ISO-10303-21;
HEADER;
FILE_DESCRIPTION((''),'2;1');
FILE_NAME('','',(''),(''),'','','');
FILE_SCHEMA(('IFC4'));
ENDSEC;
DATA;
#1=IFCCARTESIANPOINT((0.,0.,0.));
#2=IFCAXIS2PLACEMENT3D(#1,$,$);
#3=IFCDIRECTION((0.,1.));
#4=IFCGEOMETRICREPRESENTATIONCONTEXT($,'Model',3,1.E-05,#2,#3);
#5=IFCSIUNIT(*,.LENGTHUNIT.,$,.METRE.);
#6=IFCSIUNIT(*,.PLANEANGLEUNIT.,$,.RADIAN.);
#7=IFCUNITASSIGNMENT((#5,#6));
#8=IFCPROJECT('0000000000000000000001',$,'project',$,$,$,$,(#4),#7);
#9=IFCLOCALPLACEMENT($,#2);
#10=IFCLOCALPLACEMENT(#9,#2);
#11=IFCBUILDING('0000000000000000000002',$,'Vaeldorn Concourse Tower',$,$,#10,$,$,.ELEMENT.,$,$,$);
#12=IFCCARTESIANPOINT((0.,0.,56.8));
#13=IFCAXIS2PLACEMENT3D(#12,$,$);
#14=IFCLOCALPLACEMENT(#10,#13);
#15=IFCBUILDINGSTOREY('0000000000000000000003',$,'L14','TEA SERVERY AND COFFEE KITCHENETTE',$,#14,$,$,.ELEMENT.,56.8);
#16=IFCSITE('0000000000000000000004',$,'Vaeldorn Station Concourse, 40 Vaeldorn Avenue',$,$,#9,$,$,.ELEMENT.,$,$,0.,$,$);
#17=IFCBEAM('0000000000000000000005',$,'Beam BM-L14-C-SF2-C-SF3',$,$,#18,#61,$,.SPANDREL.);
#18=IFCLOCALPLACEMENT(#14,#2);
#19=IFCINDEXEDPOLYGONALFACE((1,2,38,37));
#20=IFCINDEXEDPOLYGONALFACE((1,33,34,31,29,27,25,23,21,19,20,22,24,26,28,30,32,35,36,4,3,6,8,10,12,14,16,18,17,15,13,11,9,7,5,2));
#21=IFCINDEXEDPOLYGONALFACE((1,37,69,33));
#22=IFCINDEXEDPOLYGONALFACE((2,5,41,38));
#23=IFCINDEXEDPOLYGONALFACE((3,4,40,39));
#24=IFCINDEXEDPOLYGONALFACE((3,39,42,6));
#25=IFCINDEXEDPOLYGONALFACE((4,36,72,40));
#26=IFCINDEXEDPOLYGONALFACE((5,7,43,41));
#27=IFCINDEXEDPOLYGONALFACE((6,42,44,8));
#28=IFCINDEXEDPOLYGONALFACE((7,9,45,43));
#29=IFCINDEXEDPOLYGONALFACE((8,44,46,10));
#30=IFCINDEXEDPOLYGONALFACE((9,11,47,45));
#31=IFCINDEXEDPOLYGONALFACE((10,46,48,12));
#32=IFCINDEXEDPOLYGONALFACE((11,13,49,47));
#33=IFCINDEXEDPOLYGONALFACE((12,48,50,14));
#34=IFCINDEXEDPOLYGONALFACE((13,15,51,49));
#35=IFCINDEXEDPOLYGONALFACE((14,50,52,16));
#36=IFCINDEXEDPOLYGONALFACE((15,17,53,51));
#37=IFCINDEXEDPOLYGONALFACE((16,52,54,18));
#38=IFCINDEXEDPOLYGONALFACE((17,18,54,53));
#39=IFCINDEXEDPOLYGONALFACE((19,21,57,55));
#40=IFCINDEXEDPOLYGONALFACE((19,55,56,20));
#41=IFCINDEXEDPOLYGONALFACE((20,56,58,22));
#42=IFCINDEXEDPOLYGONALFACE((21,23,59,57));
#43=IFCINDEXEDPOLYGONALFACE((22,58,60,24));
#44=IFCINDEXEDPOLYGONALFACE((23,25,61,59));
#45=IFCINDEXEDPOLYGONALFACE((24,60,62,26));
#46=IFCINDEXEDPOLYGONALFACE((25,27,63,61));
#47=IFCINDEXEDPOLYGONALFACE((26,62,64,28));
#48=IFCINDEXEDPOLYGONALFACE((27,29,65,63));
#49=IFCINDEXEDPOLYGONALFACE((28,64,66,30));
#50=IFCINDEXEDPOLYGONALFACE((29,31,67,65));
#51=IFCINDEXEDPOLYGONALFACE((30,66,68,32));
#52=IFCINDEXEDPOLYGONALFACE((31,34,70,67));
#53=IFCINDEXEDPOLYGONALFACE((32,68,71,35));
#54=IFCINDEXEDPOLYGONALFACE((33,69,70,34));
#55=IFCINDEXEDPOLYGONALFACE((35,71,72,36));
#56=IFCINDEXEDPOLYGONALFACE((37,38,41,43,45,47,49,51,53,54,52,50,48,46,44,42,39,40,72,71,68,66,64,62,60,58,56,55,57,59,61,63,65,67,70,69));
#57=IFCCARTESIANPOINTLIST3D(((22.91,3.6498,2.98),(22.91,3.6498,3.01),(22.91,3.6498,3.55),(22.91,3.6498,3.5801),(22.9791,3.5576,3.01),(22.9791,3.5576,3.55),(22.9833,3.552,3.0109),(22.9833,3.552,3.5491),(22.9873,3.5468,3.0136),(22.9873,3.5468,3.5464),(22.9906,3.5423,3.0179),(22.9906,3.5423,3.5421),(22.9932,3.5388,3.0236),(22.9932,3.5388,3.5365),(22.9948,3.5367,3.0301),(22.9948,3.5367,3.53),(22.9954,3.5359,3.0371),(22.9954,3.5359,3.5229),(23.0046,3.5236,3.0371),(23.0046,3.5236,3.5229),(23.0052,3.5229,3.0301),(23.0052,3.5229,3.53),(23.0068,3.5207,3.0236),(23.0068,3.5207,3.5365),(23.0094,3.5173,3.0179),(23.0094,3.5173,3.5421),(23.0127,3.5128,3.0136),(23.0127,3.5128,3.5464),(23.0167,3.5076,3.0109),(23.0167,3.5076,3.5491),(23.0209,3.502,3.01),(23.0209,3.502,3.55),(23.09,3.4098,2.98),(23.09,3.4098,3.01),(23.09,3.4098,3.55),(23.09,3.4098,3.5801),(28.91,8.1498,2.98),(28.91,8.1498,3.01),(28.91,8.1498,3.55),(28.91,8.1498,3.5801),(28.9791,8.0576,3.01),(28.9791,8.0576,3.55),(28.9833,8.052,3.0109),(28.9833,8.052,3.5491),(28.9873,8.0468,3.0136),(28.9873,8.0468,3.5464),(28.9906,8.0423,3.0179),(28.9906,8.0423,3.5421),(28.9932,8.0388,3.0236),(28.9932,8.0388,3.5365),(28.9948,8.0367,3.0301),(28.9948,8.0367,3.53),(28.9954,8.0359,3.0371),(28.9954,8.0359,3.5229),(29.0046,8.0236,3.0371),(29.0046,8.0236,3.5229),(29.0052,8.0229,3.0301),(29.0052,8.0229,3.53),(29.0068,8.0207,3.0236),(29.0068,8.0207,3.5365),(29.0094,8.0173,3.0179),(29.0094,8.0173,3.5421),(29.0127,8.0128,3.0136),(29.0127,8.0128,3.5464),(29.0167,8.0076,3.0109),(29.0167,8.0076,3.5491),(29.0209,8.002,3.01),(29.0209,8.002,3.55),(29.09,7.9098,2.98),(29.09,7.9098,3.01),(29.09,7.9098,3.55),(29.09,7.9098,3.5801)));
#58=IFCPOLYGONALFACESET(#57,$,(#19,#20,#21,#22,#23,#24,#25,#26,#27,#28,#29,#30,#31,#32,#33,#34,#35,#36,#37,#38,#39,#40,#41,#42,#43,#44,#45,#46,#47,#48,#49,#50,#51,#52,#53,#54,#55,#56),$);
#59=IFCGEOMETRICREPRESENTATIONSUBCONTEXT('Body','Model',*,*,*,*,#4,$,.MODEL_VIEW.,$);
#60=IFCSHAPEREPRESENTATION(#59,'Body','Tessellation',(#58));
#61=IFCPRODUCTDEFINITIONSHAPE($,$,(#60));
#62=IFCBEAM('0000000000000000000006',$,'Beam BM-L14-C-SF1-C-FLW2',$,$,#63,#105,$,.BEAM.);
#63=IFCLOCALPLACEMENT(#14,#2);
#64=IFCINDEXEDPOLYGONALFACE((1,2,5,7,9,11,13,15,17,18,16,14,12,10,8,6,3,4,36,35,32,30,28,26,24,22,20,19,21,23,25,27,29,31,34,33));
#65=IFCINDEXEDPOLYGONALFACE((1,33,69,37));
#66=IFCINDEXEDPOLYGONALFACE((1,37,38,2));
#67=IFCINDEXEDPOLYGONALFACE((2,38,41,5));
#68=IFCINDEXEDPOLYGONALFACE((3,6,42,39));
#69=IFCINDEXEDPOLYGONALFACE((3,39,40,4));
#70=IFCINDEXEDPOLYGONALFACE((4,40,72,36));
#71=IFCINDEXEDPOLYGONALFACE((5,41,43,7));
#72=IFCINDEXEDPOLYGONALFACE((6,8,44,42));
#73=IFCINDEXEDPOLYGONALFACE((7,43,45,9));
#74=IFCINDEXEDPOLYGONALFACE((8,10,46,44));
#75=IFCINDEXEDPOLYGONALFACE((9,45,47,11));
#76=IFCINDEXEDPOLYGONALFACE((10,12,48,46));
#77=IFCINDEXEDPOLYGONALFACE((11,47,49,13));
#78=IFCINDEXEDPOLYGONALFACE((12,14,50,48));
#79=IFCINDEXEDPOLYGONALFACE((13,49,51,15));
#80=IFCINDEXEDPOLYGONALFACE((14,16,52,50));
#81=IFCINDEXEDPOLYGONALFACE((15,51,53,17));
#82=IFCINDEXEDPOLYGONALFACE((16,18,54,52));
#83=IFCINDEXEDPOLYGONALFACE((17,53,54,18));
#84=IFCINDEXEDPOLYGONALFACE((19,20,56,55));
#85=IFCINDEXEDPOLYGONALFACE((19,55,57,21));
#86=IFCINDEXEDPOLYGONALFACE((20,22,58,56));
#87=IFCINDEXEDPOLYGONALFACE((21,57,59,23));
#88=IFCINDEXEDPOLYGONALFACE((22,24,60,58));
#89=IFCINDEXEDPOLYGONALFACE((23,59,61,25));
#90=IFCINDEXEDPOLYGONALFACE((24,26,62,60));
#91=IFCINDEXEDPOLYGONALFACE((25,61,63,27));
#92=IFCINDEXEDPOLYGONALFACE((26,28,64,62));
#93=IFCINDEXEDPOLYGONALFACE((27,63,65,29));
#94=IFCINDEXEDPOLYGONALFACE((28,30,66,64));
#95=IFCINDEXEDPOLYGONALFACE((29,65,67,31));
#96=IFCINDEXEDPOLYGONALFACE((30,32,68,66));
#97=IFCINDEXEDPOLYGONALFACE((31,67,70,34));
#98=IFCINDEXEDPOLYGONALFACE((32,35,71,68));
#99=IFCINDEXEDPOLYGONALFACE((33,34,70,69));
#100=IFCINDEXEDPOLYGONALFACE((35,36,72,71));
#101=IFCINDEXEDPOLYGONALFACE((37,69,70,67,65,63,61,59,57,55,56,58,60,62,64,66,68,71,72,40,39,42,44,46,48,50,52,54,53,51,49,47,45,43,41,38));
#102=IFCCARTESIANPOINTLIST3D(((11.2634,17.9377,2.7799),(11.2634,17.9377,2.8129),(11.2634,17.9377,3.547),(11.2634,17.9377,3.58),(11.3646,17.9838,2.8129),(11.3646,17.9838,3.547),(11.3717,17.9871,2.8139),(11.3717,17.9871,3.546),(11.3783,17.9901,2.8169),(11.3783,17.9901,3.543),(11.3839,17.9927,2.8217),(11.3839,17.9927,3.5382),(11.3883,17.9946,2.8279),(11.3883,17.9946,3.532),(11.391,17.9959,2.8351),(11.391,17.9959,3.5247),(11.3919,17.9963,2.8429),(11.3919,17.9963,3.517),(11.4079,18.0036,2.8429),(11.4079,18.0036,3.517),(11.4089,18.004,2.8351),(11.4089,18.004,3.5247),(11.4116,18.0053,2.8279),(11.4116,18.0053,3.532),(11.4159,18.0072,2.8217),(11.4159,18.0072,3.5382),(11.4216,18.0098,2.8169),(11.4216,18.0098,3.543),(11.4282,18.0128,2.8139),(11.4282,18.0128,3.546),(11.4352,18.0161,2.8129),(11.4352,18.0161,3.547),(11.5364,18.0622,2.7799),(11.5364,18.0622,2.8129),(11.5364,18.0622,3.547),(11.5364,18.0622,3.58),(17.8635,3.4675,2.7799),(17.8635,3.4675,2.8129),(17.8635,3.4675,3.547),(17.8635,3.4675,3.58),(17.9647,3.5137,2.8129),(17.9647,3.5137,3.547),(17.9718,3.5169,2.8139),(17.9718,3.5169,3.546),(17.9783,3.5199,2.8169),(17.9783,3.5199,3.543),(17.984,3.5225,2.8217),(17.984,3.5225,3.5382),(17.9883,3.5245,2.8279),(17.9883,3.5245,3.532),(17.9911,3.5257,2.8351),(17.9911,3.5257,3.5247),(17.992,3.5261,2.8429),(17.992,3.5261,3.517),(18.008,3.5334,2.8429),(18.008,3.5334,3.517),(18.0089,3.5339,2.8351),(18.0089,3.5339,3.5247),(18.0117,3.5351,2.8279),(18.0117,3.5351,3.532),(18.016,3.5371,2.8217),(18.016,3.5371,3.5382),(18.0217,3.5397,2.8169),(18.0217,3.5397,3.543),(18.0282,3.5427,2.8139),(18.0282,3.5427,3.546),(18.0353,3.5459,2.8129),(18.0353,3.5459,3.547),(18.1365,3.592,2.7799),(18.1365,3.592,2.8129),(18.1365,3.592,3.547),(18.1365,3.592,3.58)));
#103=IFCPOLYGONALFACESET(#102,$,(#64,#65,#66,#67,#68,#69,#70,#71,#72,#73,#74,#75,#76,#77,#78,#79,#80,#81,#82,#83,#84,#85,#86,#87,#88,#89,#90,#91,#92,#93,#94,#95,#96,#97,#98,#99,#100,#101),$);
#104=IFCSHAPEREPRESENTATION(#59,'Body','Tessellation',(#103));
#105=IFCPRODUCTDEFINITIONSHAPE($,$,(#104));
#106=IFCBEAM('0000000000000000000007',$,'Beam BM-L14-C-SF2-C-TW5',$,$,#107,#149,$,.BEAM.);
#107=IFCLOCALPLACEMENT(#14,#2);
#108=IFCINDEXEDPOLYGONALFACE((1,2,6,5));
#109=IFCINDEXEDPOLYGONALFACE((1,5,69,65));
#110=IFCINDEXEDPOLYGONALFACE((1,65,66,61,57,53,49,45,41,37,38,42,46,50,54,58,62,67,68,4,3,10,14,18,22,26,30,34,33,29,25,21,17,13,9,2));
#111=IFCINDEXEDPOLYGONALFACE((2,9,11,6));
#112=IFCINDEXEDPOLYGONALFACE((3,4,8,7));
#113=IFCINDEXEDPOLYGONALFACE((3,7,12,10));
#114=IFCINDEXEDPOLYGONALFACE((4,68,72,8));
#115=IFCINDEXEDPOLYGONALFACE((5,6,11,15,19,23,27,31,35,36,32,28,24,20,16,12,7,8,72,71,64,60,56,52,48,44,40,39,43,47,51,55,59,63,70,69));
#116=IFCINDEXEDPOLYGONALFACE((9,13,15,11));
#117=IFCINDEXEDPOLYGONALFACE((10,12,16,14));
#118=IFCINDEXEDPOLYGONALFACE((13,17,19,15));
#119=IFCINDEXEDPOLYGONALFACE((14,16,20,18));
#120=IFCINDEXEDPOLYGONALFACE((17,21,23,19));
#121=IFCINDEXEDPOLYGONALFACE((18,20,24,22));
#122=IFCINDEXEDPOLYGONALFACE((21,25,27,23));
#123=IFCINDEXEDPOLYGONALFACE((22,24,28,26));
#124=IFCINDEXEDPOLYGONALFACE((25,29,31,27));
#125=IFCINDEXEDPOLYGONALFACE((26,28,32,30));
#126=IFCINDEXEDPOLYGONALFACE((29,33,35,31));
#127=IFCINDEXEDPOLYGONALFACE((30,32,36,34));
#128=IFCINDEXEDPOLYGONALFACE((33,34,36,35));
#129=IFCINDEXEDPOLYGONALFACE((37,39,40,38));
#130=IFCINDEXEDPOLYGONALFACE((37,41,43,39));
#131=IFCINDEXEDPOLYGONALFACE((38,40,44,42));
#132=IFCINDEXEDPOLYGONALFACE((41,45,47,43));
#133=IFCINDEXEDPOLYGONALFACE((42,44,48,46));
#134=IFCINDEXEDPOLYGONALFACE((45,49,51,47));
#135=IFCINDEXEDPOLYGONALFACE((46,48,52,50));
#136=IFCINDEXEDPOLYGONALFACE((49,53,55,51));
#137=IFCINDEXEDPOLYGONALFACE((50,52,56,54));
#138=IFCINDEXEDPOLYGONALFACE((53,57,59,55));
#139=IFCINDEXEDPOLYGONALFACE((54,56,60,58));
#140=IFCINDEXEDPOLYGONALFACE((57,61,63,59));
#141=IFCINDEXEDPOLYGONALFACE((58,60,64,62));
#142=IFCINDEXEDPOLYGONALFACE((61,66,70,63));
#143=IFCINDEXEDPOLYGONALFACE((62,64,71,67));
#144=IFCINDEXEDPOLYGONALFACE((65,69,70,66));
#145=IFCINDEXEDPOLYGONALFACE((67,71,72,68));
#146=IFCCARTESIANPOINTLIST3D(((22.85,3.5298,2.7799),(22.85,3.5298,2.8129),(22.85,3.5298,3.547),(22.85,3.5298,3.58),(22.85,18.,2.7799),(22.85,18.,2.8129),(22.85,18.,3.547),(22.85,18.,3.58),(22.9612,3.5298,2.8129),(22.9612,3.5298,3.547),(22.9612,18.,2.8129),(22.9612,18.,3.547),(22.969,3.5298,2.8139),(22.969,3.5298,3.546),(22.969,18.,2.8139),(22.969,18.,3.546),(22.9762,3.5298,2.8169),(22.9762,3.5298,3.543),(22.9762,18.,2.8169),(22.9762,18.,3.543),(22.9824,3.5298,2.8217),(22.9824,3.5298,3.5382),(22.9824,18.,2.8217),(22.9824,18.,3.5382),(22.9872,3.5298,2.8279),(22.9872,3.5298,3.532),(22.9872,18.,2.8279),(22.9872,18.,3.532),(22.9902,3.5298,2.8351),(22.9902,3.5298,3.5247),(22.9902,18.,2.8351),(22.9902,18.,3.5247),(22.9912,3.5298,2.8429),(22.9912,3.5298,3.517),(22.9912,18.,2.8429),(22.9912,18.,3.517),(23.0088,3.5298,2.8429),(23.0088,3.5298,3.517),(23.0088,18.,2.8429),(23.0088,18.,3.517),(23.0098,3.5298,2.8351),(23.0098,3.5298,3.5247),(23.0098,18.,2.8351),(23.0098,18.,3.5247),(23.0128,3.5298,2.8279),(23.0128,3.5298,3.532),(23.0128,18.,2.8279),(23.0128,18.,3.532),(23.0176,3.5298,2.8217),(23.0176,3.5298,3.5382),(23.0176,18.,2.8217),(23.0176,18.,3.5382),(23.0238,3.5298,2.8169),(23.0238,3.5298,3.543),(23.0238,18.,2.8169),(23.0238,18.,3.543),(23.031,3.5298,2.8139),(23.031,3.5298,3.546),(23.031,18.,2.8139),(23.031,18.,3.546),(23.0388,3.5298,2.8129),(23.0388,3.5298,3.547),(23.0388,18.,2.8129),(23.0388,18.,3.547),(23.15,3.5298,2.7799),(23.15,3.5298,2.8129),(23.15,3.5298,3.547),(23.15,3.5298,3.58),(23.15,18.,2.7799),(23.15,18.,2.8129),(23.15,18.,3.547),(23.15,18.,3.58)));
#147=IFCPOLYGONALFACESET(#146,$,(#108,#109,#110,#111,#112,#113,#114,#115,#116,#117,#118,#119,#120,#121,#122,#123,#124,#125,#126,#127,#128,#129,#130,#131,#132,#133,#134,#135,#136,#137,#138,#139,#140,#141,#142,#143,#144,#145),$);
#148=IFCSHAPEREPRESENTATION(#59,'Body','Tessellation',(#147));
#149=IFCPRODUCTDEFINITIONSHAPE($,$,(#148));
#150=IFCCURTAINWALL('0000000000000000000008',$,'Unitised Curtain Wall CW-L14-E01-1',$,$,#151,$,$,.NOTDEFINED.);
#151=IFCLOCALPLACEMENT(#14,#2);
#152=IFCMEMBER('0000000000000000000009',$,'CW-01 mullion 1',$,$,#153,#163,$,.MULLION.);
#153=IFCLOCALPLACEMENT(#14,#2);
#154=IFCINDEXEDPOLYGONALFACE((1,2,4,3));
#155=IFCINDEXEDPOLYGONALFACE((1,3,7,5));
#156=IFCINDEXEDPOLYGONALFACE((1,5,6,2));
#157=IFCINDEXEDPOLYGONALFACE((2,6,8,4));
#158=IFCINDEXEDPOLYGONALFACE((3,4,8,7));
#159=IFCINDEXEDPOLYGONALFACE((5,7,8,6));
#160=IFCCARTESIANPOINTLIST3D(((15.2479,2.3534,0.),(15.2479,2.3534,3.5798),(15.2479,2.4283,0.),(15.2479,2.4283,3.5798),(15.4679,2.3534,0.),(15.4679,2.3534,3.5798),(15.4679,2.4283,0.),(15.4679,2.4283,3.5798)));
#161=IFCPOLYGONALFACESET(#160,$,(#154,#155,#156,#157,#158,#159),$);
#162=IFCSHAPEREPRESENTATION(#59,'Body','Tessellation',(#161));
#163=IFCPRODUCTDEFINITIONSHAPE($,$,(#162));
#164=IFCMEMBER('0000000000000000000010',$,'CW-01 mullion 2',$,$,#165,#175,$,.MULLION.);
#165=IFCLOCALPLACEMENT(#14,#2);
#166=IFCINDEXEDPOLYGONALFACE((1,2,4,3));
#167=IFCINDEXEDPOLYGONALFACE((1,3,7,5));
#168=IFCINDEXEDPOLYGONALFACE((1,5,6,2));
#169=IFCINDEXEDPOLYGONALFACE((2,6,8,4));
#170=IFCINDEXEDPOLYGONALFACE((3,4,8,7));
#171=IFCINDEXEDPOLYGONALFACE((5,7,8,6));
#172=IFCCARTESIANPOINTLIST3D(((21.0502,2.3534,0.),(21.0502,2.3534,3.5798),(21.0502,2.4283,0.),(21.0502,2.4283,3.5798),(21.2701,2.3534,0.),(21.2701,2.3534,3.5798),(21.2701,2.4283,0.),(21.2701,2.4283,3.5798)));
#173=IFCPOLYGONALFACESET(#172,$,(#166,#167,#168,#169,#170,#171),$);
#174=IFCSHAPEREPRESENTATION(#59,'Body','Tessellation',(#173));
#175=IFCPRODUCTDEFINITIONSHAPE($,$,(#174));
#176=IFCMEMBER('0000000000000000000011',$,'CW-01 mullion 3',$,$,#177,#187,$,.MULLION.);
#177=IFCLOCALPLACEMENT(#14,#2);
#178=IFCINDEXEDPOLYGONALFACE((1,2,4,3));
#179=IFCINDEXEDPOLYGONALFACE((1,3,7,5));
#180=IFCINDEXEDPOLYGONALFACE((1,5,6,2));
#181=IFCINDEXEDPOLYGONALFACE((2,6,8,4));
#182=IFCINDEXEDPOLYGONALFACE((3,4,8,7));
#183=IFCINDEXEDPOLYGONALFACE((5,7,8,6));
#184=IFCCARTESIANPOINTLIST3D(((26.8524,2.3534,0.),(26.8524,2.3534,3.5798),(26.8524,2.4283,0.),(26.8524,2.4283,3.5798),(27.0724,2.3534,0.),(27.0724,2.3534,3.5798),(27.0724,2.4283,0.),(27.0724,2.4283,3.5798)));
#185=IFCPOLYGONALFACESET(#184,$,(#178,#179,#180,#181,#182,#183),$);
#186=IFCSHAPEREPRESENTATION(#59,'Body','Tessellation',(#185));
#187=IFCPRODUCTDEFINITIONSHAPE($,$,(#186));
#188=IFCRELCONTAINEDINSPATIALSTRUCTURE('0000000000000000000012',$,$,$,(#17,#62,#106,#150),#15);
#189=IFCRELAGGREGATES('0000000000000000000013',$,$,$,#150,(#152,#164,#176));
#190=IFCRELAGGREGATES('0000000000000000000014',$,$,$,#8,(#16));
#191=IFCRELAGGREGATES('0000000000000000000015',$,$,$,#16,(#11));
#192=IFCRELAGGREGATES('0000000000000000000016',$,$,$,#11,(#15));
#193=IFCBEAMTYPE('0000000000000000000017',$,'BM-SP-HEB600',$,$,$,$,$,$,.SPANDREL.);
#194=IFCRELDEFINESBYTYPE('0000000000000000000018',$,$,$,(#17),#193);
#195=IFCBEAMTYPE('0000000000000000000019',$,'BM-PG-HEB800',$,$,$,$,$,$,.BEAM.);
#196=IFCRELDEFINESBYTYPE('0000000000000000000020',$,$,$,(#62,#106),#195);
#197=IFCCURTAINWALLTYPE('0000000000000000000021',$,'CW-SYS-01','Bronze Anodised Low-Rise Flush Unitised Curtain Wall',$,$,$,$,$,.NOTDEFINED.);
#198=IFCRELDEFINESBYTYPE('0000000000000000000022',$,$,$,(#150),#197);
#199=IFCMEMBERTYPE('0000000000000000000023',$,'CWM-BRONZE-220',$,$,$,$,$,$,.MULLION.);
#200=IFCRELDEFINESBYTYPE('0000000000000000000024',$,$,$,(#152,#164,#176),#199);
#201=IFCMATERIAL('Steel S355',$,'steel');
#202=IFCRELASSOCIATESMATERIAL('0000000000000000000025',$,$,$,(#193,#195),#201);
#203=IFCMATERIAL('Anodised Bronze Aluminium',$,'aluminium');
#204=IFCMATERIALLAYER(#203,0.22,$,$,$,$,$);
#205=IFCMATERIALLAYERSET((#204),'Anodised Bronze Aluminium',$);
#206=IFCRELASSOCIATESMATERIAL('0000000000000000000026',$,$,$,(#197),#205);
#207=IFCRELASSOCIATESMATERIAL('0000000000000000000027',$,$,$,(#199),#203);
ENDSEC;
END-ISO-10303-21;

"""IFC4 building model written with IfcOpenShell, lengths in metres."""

from ifc_helpers import new_model, si_unit, direction, frame, origin, origin_2d, place, context, subcontext, project, spatial, rectangle, i_section, extrude, source, transform, mapped, material, layer, layer_set, material_profile, profile_set, type_object, element, aggregate, save


model = new_model("IFC4")

# Units and contexts
model_context = context("Model", 3, precision=1e-05, world=origin(), true_north=direction((0.0, 1.0)))
body_context = subcontext(model_context, "Body", "Model", "MODEL_VIEW")
ifc_project = project(units=[si_unit("LENGTHUNIT", "METRE"), si_unit("PLANEANGLEUNIT", "RADIAN")], contexts=[model_context])

# Site, building, storey
site_placement = place(None, origin())
site = spatial("IfcSite", under=ifc_project, at=site_placement, Name="Vaeldorn Station Concourse, 40 Vaeldorn Avenue", CompositionType="ELEMENT", RefElevation=0.0)
building_placement = place(site_placement, origin())
building = spatial("IfcBuilding", under=site, at=building_placement, Name="Vaeldorn Concourse Tower", CompositionType="ELEMENT")
storey_placement = place(building_placement, frame((0.0, 0.0, 56.8)))
storey = spatial("IfcBuildingStorey", under=building, at=storey_placement, Name="L14", Description="TEA SERVERY AND COFFEE KITCHENETTE", CompositionType="ELEMENT", Elevation=56.8)

# Beams
ifc_material_1 = material(Name="Steel S355", Category="steel")
ifc_material_profile_1 = material_profile(ifc_material_1, i_section(OverallWidth=0.3, OverallDepth=0.6001, WebThickness=0.0154, FlangeThickness=0.03, FilletRadius=0.0271, at=origin_2d()), Name="HEB 600")
ifc_profile_set_1 = profile_set([ifc_material_profile_1], Name="Steel S355")
beam_type_1 = type_object("IfcBeamType", Name="BM-SP-HEB600", PredefinedType="SPANDREL", material=ifc_profile_set_1)
shared_shape_1 = source(origin(), body_context, "Body", "SweptSolid", [
    extrude(i_section(OverallWidth=0.3, OverallDepth=0.6001, WebThickness=0.0154, FlangeThickness=0.03, FilletRadius=0.0271, at=origin_2d()), origin(), (0.0, 0.0, 1.0), 7.5),
])
beam_1_placement = place(storey_placement, frame((23.0, 3.5298, 3.28), z_axis=(0.8, 0.6, 0.0), x_axis=(-0.6, 0.8, 0.0)))
element("IfcBeam", 1, at=beam_1_placement, inside=storey, type_object=beam_type_1, Name="Beam BM-L14-C-SF2-C-SF3", PredefinedType="SPANDREL", context=body_context, shape_type="MappedRepresentation", body=[
    mapped(shared_shape_1, transform((0.0, 0.0, 0.0), scale=1.0)),
])
ifc_material_profile_2 = material_profile(ifc_material_1, i_section(OverallWidth=0.3, OverallDepth=0.8, WebThickness=0.0176, FlangeThickness=0.033, FilletRadius=0.03, at=origin_2d()), Name="HEB 800")
ifc_profile_set_2 = profile_set([ifc_material_profile_2], Name="Steel S355")
beam_type_2 = type_object("IfcBeamType", Name="BM-PG-HEB800", PredefinedType="BEAM", material=ifc_profile_set_2)
shared_shape_2 = source(origin(), body_context, "Body", "SweptSolid", [
    extrude(i_section(OverallWidth=0.3, OverallDepth=0.8, WebThickness=0.0176, FlangeThickness=0.033, FilletRadius=0.03, at=origin_2d()), origin(), (0.0, 0.0, 1.0), 15.9043),
])
beam_2_placement = place(storey_placement, frame((18.0, 3.5298, 3.1799), z_axis=(-0.414987, 0.909827, 0.0), x_axis=(-0.909827, -0.414987, 0.0)))
element("IfcBeam", 2, at=beam_2_placement, inside=storey, type_object=beam_type_2, Name="Beam BM-L14-C-SF1-C-FLW2", PredefinedType="BEAM", context=body_context, shape_type="MappedRepresentation", body=[
    mapped(shared_shape_2, transform((0.0, 0.0, 0.0), scale=1.0)),
])
shared_shape_3 = source(origin(), body_context, "Body", "SweptSolid", [
    extrude(i_section(OverallWidth=0.3, OverallDepth=0.8, WebThickness=0.0176, FlangeThickness=0.033, FilletRadius=0.03, at=origin_2d()), origin(), (0.0, 0.0, 1.0), 14.4702),
])
beam_3_placement = place(storey_placement, frame((23.0, 3.5298, 3.1799), z_axis=(0.0, 1.0, 0.0), x_axis=(-1.0, 0.0, 0.0)))
element("IfcBeam", 3, at=beam_3_placement, inside=storey, type_object=beam_type_2, Name="Beam BM-L14-C-SF2-C-TW5", PredefinedType="BEAM", context=body_context, shape_type="MappedRepresentation", body=[
    mapped(shared_shape_3, transform((0.0, 0.0, 0.0), scale=1.0)),
])

# Curtain wall, members
ifc_material_2 = material(Name="Anodised Bronze Aluminium", Category="aluminium")
ifc_layer_1 = layer(ifc_material_2, 0.22)
ifc_layer_set_1 = layer_set([ifc_layer_1], Name="Anodised Bronze Aluminium")
curtain_wall_type = type_object("IfcCurtainWallType", Name="CW-SYS-01", Description="Bronze Anodised Low-Rise Flush Unitised Curtain Wall", PredefinedType="NOTDEFINED", material=ifc_layer_set_1)
curtain_wall_1_placement = place(storey_placement, origin())
curtain_wall_1 = element("IfcCurtainWall", 4, at=curtain_wall_1_placement, inside=storey, type_object=curtain_wall_type, Name="Unitised Curtain Wall CW-L14-E01-1", PredefinedType="NOTDEFINED")
ifc_material_profile_3 = material_profile(ifc_material_2, rectangle(XDim=0.075, YDim=0.22, at=origin_2d()), Name="CWM 75x220")
ifc_profile_set_3 = profile_set([ifc_material_profile_3], Name="Anodised Bronze Aluminium")
member_type_1 = type_object("IfcMemberType", Name="CWM-BRONZE-220", PredefinedType="MULLION", material=ifc_profile_set_3)
shared_shape_4 = source(origin(), body_context, "Body", "SweptSolid", [
    extrude(rectangle(XDim=0.075, YDim=0.22, at=origin_2d()), origin(), (0.0, 0.0, 1.0), 3.5798),
])
member_1_placement = place(storey_placement, frame((15.3579, 2.3909, 0.0), z_axis=(0.0, 0.0, 1.0), x_axis=(0.0, 1.0, 0.0)))
member_1 = element("IfcMember", 5, at=member_1_placement, type_object=member_type_1, Name="CW-01 mullion 1", PredefinedType="MULLION", context=body_context, shape_type="MappedRepresentation", body=[
    mapped(shared_shape_4, transform((0.0, 0.0, 0.0), scale=1.0)),
])
member_2_placement = place(storey_placement, frame((21.1602, 2.3909, 0.0), z_axis=(0.0, 0.0, 1.0), x_axis=(0.0, 1.0, 0.0)))
member_2 = element("IfcMember", 6, at=member_2_placement, type_object=member_type_1, Name="CW-01 mullion 2", PredefinedType="MULLION", context=body_context, shape_type="MappedRepresentation", body=[
    mapped(shared_shape_4, transform((0.0, 0.0, 0.0), scale=1.0)),
])
member_3_placement = place(storey_placement, frame((26.9624, 2.3909, 0.0), z_axis=(0.0, 0.0, 1.0), x_axis=(0.0, 1.0, 0.0)))
member_3 = element("IfcMember", 7, at=member_3_placement, type_object=member_type_1, Name="CW-01 mullion 3", PredefinedType="MULLION", context=body_context, shape_type="MappedRepresentation", body=[
    mapped(shared_shape_4, transform((0.0, 0.0, 0.0), scale=1.0)),
])

aggregate(curtain_wall_1, [member_1, member_2, member_3])

save(model, "model.ifc")
